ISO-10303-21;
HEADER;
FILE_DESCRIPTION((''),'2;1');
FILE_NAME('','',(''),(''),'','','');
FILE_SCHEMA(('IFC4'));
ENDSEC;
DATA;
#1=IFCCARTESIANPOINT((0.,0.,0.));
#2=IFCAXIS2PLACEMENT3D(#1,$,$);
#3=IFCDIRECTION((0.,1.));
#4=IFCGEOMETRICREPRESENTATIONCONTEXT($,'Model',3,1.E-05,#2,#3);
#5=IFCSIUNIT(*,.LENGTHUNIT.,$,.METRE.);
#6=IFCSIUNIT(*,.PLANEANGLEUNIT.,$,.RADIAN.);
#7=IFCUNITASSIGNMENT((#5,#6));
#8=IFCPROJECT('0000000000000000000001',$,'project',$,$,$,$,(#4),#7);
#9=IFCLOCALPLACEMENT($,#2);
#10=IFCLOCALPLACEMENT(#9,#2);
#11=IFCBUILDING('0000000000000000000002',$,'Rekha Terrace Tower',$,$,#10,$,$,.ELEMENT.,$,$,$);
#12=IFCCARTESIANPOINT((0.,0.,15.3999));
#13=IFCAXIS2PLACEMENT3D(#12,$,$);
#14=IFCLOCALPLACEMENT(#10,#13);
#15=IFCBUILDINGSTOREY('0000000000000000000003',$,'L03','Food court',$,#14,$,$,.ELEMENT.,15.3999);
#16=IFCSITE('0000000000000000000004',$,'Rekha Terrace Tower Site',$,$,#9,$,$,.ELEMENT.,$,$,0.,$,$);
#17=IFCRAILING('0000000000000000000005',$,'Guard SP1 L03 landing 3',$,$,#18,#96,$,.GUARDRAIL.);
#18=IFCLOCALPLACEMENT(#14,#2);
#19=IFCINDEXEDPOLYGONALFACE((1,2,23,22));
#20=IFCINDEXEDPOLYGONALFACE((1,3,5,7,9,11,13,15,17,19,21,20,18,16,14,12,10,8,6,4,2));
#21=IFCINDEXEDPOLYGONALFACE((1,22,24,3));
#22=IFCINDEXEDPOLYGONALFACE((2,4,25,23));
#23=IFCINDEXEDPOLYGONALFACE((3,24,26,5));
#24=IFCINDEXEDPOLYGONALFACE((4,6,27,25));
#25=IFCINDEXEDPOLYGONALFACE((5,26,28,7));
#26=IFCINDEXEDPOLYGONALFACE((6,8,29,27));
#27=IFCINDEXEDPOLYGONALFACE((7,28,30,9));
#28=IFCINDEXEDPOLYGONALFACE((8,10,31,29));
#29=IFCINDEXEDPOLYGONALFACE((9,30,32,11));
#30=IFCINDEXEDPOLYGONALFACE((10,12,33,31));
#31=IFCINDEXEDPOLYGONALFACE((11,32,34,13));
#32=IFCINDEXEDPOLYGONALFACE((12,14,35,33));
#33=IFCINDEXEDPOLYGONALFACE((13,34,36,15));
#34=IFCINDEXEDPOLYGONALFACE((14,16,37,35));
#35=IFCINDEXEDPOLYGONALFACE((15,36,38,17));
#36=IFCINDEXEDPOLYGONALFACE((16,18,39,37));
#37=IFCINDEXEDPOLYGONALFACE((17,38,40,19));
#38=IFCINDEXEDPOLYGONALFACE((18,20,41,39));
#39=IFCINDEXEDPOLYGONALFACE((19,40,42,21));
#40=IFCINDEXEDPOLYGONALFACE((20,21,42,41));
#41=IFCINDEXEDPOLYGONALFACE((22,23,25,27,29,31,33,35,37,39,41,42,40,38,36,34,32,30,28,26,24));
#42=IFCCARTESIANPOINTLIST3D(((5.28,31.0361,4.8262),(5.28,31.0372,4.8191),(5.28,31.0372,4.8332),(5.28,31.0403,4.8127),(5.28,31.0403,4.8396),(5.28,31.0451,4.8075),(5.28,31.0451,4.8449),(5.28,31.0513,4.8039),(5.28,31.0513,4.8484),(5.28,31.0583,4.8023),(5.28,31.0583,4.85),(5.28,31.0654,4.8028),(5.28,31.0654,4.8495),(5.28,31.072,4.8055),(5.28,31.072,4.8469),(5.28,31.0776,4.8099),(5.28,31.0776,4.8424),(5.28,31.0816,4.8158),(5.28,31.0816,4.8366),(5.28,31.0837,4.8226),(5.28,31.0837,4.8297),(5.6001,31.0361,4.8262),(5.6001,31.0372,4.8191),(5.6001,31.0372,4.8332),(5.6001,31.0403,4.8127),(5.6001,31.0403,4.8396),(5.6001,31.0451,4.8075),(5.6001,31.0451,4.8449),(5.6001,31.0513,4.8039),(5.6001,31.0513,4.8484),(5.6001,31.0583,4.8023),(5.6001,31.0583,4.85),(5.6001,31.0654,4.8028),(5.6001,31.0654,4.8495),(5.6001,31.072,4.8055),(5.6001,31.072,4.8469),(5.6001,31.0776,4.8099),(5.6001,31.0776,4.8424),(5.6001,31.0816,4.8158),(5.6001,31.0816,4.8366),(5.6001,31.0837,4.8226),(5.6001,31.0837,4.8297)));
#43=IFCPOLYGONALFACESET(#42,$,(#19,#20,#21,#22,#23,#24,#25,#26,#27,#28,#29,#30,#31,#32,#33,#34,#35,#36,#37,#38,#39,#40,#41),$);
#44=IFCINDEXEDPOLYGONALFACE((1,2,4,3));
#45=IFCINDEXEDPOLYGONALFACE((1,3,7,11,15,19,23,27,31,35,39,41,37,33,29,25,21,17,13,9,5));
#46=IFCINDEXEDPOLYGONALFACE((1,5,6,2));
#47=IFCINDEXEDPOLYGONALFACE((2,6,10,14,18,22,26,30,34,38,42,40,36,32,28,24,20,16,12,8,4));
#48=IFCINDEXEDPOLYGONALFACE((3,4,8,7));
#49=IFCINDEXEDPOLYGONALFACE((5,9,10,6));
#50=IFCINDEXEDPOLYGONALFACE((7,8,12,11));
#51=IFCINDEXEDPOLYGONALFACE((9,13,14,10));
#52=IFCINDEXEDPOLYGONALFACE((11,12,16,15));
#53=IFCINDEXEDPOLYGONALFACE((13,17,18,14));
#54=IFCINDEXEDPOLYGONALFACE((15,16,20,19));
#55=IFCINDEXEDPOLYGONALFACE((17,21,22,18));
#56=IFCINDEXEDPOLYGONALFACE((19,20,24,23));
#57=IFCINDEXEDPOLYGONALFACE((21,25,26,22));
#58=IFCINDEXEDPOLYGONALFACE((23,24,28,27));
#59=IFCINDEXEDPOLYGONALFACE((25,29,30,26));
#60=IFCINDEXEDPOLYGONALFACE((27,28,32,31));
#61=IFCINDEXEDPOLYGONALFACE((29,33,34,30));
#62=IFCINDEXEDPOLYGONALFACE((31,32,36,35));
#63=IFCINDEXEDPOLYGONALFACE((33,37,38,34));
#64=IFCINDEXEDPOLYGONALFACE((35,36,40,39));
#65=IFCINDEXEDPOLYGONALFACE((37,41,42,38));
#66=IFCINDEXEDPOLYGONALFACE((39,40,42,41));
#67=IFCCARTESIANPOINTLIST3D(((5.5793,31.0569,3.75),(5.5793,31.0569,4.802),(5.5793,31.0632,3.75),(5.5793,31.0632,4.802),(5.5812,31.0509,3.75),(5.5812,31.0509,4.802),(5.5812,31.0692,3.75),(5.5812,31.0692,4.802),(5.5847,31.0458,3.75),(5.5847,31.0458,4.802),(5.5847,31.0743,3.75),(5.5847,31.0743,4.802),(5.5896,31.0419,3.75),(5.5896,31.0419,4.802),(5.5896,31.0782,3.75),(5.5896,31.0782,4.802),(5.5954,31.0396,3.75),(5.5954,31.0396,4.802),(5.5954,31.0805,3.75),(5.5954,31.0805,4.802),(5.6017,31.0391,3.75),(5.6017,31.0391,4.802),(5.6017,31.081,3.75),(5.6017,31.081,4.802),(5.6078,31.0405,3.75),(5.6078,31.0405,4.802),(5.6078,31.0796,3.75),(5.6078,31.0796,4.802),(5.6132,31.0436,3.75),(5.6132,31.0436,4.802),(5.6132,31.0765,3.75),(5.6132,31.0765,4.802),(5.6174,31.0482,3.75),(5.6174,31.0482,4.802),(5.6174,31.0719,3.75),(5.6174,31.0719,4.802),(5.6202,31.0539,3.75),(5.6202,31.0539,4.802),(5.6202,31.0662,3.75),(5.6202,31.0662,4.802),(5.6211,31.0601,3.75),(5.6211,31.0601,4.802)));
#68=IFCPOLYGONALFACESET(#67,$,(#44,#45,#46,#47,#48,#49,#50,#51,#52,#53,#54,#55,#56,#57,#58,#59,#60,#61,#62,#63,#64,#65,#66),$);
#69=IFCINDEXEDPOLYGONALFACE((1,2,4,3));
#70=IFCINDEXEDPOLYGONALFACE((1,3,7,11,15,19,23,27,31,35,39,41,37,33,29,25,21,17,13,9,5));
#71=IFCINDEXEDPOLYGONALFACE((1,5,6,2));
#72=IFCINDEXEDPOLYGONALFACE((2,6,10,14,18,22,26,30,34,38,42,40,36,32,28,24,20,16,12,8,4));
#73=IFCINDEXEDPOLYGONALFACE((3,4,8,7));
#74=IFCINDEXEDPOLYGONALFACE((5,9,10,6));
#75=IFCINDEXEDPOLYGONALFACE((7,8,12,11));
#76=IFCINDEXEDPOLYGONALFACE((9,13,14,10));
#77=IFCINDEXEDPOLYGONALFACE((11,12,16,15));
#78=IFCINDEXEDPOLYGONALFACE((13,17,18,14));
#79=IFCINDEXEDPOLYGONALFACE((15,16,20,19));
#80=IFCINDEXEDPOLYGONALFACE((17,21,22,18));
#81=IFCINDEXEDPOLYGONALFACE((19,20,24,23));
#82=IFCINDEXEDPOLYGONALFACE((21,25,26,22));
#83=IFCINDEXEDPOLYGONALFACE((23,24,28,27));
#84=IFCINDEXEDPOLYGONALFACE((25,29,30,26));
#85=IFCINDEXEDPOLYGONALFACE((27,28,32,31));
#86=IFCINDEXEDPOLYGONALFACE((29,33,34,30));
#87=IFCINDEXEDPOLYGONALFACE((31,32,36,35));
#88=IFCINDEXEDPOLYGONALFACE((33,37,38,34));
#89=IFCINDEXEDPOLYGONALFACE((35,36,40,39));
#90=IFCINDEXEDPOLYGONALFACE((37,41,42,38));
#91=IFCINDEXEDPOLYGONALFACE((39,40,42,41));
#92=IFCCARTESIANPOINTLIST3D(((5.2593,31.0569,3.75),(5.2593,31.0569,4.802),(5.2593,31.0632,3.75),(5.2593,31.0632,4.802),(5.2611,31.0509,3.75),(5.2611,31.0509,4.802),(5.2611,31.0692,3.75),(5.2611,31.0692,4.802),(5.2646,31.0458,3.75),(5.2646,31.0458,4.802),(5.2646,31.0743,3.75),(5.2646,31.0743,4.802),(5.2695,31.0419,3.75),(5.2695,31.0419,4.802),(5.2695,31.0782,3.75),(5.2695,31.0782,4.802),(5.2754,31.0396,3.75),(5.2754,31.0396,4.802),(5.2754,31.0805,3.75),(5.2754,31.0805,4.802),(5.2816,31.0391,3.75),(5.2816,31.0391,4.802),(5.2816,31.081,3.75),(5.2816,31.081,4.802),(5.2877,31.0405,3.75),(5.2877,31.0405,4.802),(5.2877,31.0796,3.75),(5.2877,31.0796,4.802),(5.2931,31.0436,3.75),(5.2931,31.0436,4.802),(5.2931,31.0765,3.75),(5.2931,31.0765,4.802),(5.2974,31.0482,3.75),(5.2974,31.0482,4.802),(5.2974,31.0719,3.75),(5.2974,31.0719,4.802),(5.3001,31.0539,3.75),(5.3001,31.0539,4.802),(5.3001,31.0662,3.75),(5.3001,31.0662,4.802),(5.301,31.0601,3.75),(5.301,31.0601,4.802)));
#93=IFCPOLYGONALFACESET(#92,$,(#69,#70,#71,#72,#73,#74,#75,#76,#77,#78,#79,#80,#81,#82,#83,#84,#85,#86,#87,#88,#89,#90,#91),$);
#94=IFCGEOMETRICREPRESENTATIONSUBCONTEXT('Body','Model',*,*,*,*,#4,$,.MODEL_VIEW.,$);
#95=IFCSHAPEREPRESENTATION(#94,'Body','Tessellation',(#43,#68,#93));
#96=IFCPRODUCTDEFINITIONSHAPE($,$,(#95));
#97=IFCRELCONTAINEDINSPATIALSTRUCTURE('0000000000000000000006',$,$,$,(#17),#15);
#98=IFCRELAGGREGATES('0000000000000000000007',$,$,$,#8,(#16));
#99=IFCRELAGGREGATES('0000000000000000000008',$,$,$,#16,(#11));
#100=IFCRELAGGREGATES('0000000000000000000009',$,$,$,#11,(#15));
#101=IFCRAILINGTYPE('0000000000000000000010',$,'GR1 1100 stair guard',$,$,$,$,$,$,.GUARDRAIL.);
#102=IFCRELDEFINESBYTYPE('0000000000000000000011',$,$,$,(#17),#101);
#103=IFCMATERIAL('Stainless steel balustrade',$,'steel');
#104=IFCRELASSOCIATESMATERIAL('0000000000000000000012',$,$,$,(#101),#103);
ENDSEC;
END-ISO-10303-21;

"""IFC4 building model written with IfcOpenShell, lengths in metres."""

from ifc_helpers import new_model, si_unit, direction, frame, origin, origin_2d, place, context, subcontext, project, spatial, circle, extrude, material, type_object, element, save


model = new_model("IFC4")

# Units and contexts
model_context = context("Model", 3, precision=1e-05, world=origin(), true_north=direction((0.0, 1.0)))
body_context = subcontext(model_context, "Body", "Model", "MODEL_VIEW")
ifc_project = project(units=[si_unit("LENGTHUNIT", "METRE"), si_unit("PLANEANGLEUNIT", "RADIAN")], contexts=[model_context])

# Site, building, storey
site_placement = place(None, origin())
site = spatial("IfcSite", under=ifc_project, at=site_placement, Name="Rekha Terrace Tower Site", CompositionType="ELEMENT", RefElevation=0.0)
building_placement = place(site_placement, origin())
building = spatial("IfcBuilding", under=site, at=building_placement, Name="Rekha Terrace Tower", CompositionType="ELEMENT")
storey_placement = place(building_placement, frame((0.0, 0.0, 15.3999)))
storey = spatial("IfcBuildingStorey", under=building, at=storey_placement, Name="L03", Description="Food court", CompositionType="ELEMENT", Elevation=15.3999)

# Railing
ifc_material_1 = material(Name="Stainless steel balustrade", Category="steel")
railing_type_1 = type_object("IfcRailingType", Name="GR1 1100 stair guard", PredefinedType="GUARDRAIL", material=ifc_material_1)
railing_1_placement = place(storey_placement, frame((5.6001, 31.0601, 3.75)))
element("IfcRailing", 1, at=railing_1_placement, inside=storey, type_object=railing_type_1, Name="Guard SP1 L03 landing 3", PredefinedType="GUARDRAIL", context=body_context, shape_type="SweptSolid", body=[
    extrude(circle(Radius=0.0239, at=origin_2d()), frame((0.0, 0.0, 1.0762), z_axis=(-1.0, 0.0, 0.0), x_axis=(0.0, -1.0, 0.0)), (0.0, 0.0, 1.0), 0.3201),
    extrude(circle(Radius=0.021, at=origin_2d()), origin(), (0.0, 0.0, 1.0), 1.052),
    extrude(circle(Radius=0.021, at=origin_2d()), frame((-0.3201, 0.0, 0.0)), (0.0, 0.0, 1.0), 1.052),
])

save(model, "model.ifc")
